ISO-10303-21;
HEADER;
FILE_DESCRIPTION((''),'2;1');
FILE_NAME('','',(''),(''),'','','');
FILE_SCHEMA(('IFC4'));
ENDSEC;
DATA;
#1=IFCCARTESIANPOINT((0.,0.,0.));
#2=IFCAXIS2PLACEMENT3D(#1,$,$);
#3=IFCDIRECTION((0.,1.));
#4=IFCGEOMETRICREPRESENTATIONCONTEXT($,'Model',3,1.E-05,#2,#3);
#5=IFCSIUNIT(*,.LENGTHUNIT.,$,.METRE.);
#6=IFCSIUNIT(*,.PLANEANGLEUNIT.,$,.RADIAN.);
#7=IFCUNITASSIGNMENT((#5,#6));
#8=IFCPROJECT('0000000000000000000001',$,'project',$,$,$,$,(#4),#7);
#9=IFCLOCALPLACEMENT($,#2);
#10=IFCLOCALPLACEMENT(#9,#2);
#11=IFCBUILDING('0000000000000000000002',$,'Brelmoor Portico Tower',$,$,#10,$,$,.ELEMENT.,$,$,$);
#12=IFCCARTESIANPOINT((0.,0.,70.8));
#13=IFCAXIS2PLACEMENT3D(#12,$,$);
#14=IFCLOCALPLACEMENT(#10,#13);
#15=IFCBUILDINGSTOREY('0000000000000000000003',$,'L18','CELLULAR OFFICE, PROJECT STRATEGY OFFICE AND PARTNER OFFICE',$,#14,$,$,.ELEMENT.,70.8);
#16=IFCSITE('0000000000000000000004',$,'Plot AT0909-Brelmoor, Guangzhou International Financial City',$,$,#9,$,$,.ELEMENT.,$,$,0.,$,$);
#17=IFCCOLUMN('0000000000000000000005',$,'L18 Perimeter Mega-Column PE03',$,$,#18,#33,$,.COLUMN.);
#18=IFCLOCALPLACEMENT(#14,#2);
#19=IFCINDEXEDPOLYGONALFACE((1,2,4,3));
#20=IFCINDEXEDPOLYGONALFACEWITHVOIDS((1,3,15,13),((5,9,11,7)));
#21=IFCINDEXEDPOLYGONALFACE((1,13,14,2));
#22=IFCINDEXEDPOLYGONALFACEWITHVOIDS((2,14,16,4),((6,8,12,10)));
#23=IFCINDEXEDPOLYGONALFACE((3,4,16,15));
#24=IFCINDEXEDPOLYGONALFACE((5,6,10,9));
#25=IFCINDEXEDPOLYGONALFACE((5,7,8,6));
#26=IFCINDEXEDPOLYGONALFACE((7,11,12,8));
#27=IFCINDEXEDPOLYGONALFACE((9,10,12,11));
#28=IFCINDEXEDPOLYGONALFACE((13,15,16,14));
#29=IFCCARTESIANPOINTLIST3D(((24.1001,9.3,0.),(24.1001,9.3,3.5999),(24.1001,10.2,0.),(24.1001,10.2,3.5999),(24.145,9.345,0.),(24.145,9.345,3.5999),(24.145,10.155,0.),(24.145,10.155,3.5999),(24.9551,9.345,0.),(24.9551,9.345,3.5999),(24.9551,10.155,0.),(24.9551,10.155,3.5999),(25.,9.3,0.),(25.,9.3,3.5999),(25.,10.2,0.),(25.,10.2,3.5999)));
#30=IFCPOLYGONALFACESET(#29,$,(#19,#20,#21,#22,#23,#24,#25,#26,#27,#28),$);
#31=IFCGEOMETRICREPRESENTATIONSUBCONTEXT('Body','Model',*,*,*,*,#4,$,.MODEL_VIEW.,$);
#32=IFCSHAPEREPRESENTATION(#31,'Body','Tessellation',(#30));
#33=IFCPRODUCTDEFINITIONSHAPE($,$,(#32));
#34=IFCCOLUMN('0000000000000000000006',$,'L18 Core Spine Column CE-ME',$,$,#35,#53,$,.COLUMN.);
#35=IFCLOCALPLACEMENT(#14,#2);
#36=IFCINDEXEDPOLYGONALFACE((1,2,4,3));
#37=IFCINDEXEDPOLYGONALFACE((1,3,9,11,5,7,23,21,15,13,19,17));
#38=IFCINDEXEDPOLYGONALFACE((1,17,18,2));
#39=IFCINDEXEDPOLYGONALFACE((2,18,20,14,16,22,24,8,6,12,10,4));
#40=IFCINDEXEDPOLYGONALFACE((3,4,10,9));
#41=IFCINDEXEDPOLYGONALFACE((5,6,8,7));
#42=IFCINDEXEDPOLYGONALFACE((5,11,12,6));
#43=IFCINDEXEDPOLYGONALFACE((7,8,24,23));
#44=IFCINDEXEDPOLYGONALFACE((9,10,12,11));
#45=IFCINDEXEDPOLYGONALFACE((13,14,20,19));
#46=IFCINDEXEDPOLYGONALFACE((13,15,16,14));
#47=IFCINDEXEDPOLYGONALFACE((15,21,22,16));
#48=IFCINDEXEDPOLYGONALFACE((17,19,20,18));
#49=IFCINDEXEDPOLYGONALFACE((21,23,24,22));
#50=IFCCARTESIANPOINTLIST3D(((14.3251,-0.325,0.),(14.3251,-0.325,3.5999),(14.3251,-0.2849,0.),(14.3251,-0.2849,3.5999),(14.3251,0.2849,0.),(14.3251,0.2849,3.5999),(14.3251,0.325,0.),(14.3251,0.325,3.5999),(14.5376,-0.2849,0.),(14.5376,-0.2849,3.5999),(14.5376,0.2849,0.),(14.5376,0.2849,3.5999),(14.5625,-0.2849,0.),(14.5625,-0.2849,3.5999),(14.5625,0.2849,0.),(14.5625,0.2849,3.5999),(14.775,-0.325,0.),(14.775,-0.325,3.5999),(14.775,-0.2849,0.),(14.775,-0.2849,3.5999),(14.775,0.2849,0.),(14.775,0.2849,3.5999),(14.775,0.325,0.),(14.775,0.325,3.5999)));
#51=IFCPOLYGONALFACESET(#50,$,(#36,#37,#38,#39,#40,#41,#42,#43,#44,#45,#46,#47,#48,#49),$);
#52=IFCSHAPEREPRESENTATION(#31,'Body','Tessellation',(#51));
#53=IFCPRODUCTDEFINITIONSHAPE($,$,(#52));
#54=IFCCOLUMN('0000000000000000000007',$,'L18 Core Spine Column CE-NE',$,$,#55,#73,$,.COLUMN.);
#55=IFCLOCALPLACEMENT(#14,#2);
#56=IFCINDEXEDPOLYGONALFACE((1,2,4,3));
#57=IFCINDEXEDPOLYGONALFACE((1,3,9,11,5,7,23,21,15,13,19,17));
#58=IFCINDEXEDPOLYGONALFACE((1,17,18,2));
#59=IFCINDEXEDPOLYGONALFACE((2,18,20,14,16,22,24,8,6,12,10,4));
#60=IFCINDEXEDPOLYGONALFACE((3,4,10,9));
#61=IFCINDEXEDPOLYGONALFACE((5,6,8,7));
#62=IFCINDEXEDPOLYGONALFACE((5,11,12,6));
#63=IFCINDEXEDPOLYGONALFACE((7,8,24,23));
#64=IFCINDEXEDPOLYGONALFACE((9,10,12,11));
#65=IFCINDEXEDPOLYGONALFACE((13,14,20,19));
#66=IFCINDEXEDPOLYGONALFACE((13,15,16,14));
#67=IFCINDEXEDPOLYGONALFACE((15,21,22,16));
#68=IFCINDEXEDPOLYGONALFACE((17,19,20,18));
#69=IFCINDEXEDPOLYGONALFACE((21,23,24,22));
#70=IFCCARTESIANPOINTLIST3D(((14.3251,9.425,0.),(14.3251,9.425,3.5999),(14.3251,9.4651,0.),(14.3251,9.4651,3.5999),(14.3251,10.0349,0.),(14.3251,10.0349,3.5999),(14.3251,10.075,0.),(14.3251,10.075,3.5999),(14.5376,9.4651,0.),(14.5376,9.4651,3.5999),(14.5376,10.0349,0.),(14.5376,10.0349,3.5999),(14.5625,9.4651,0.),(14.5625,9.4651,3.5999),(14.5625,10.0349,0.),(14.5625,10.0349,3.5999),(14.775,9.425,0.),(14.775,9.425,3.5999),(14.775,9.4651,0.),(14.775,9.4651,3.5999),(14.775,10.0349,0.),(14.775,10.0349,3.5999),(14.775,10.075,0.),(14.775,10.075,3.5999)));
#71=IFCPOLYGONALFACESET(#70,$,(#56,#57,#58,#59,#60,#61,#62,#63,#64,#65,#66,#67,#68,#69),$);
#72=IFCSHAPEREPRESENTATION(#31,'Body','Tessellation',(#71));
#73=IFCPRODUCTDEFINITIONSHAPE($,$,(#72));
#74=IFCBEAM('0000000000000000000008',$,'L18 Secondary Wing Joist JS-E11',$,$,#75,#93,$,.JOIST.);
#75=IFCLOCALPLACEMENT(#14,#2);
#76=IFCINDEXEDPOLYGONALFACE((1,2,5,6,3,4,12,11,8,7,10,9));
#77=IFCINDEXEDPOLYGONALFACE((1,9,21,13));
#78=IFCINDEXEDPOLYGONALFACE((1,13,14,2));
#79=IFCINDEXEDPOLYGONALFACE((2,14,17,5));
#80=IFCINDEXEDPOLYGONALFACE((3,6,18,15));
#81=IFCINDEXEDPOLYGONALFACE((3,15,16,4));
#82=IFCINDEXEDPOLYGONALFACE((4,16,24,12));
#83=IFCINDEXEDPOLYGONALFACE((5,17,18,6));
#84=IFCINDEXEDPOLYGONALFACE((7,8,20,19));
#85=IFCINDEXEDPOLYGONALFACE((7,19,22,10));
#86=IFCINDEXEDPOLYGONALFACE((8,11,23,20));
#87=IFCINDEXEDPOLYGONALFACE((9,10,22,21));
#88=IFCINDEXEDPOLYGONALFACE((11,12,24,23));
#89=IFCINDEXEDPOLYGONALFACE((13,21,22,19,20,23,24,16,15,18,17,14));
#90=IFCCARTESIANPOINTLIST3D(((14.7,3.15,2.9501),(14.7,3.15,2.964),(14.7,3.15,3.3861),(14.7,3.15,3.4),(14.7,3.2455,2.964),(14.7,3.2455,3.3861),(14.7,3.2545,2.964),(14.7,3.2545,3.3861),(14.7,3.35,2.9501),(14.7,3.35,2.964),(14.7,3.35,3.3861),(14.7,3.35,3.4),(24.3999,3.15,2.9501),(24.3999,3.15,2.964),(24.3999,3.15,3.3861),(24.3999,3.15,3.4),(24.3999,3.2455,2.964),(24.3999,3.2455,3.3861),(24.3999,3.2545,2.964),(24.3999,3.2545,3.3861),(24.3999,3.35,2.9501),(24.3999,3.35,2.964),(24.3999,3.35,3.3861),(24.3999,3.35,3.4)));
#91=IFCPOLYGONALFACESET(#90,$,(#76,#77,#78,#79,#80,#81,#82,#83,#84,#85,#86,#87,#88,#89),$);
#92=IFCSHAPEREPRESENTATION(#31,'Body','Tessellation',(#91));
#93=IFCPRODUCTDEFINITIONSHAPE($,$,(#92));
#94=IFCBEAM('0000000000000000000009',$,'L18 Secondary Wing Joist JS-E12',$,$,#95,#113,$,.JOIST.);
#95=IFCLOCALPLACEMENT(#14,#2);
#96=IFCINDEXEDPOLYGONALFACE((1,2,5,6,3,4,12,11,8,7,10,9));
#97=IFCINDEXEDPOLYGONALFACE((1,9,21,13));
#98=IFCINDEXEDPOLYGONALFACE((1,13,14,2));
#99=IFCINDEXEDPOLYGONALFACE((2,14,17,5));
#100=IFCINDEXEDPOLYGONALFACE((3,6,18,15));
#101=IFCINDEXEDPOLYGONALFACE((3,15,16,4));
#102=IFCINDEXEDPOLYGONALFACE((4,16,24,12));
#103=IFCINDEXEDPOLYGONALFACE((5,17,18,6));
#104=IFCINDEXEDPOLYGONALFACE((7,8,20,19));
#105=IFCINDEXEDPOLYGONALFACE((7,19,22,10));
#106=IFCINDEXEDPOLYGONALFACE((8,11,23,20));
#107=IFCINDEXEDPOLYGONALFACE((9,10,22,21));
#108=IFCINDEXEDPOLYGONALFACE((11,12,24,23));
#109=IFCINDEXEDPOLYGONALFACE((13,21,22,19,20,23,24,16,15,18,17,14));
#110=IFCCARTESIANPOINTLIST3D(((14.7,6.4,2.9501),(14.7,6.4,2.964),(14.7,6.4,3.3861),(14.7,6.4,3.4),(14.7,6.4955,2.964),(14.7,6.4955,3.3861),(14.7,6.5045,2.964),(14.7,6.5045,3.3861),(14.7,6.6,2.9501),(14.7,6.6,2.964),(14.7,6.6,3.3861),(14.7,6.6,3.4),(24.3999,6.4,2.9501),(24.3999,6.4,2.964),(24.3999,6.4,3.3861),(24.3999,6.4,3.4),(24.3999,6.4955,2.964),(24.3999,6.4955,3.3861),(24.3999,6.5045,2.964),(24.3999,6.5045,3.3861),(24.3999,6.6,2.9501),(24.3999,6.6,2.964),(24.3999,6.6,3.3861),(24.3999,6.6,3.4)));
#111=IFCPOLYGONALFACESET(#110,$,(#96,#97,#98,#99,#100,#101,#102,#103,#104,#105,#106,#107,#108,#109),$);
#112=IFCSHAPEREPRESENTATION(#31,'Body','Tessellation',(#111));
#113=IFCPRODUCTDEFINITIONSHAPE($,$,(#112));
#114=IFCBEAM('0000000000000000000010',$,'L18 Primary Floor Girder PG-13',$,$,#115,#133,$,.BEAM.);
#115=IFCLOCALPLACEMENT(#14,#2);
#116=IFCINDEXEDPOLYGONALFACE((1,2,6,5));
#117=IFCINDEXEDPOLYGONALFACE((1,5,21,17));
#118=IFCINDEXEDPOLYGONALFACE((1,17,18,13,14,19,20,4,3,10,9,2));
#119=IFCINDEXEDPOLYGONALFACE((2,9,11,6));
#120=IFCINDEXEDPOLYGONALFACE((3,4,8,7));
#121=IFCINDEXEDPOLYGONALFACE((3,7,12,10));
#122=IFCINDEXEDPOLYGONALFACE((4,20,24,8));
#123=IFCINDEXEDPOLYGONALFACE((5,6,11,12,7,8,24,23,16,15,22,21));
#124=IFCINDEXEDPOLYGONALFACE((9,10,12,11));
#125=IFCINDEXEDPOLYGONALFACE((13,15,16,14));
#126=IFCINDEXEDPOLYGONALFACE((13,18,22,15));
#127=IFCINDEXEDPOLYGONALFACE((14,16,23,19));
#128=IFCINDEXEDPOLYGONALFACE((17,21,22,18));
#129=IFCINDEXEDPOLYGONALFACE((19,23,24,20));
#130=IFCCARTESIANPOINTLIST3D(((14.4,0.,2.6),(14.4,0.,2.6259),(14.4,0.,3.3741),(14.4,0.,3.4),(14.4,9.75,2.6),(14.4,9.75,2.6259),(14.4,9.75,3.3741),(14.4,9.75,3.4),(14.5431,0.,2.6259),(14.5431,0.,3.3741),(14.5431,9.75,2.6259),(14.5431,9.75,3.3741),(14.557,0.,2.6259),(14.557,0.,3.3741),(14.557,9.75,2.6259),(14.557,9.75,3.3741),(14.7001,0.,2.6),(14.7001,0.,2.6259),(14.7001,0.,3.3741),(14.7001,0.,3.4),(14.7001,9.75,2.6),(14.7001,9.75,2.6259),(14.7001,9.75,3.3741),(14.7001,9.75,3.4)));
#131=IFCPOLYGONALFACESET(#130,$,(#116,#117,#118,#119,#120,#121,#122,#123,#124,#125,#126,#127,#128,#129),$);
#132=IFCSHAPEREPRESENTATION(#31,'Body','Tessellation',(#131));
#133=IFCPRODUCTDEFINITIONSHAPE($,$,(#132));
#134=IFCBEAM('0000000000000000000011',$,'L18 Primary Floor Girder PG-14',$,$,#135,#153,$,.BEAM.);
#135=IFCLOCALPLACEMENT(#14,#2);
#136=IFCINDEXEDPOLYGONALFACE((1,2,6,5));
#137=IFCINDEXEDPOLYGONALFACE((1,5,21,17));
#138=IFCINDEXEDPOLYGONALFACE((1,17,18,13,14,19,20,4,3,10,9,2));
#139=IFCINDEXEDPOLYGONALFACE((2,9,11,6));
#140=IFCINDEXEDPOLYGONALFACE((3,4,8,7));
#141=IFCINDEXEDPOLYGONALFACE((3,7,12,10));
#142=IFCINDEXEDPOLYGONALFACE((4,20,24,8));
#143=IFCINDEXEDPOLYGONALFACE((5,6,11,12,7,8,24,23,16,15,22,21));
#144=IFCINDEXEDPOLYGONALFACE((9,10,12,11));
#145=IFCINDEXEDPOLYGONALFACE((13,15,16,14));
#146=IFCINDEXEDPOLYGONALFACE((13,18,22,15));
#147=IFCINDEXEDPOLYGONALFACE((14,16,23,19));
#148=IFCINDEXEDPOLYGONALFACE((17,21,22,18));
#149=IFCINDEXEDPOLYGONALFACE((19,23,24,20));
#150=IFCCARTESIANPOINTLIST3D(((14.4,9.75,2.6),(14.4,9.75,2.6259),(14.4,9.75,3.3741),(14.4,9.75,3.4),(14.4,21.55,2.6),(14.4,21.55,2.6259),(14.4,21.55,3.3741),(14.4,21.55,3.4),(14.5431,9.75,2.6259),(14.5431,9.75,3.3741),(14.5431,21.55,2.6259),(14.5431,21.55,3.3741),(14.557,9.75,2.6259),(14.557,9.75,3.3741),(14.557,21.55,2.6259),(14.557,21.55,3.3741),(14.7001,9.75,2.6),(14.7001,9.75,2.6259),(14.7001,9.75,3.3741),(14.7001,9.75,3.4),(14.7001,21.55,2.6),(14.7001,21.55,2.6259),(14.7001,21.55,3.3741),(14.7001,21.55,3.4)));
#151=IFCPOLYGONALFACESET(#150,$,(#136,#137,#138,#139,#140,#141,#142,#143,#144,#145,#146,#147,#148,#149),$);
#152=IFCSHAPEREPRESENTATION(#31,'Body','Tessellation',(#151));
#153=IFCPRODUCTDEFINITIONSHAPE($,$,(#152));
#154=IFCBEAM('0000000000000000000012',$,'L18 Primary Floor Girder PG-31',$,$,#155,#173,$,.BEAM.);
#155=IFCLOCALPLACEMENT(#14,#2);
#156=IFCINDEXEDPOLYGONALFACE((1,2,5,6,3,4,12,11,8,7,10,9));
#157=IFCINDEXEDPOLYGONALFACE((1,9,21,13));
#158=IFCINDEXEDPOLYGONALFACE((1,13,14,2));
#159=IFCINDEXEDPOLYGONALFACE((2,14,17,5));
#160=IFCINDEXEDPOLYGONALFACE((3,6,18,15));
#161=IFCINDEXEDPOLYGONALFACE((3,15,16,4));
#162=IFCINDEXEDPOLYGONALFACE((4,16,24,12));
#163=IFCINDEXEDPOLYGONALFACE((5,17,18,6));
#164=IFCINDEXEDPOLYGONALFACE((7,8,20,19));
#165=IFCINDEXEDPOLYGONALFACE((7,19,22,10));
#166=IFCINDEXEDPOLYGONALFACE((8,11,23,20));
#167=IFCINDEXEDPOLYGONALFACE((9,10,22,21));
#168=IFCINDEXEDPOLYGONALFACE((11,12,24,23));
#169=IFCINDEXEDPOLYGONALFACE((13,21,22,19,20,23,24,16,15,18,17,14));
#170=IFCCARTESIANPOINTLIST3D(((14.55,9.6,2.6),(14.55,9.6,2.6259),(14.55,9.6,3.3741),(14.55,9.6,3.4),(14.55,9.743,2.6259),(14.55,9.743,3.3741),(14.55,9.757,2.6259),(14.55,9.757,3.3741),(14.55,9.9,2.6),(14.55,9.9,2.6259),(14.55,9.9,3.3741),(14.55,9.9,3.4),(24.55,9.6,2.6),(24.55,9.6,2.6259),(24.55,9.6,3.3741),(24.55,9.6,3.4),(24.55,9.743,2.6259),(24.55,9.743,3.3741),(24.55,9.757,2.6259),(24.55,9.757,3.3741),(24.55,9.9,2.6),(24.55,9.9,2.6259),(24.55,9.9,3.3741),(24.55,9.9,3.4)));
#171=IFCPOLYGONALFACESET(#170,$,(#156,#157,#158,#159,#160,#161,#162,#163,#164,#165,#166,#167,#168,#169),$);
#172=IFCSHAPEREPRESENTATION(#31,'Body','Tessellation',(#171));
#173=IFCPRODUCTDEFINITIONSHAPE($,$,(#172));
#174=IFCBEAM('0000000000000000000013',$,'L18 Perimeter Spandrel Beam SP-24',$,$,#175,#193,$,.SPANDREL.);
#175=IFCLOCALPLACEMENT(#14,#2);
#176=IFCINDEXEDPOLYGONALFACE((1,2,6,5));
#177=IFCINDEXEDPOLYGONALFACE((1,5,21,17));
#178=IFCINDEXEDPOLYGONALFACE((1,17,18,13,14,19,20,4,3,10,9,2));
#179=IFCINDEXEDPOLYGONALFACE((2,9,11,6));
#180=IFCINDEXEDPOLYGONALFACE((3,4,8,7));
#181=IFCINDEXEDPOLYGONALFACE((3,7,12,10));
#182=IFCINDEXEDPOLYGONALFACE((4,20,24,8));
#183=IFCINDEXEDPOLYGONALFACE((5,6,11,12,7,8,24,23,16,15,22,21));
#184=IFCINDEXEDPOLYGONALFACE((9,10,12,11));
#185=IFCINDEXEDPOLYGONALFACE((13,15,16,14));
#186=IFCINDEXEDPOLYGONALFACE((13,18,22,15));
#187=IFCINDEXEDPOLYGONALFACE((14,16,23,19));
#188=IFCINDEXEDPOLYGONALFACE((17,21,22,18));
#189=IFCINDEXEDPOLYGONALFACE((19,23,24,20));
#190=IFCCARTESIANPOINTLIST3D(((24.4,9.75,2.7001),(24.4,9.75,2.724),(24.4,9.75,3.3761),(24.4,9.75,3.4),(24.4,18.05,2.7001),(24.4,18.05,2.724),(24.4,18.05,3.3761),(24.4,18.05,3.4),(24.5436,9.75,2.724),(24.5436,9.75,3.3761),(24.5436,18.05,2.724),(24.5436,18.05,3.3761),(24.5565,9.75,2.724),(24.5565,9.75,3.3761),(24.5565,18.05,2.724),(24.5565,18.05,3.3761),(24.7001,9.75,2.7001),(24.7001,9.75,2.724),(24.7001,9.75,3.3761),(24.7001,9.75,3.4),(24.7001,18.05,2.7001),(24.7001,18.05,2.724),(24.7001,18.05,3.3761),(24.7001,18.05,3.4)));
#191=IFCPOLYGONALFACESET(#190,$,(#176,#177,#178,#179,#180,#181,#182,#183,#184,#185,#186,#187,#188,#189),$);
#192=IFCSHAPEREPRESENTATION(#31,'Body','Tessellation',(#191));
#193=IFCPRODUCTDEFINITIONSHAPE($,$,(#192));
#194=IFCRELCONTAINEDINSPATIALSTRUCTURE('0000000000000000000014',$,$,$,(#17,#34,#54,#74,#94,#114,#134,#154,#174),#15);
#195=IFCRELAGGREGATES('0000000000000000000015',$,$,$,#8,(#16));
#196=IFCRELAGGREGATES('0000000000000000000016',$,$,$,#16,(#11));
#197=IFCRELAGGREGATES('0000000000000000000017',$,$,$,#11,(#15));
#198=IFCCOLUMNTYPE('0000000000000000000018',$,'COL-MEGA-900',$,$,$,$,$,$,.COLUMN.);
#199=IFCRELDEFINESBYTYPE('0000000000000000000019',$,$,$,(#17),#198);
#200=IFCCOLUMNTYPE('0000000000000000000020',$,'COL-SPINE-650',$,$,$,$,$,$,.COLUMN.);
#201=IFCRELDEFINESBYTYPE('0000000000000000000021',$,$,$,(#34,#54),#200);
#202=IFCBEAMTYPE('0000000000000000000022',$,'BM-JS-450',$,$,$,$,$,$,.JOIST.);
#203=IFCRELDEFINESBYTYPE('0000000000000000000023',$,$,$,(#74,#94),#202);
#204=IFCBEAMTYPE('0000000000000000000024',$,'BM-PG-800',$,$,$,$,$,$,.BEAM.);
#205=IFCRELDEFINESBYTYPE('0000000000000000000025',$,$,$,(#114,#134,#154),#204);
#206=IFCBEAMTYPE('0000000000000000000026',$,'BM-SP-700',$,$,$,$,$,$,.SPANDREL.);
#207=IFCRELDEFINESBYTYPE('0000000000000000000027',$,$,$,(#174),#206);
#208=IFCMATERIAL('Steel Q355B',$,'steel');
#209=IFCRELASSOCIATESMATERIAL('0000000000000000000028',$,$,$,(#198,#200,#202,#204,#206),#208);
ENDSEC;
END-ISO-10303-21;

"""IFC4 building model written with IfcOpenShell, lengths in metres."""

from ifc_helpers import new_model, si_unit, direction, frame, origin, origin_2d, place, context, subcontext, project, spatial, hollow_rectangle, i_section, extrude, material, material_profile, profile_set, type_object, element, save


model = new_model("IFC4")

# Units and contexts
model_context = context("Model", 3, precision=1e-05, world=origin(), true_north=direction((0.0, 1.0)))
body_context = subcontext(model_context, "Body", "Model", "MODEL_VIEW")
ifc_project = project(units=[si_unit("LENGTHUNIT", "METRE"), si_unit("PLANEANGLEUNIT", "RADIAN")], contexts=[model_context])

# Site, building, storey
site_placement = place(None, origin())
site = spatial("IfcSite", under=ifc_project, at=site_placement, Name="Plot AT0909-Brelmoor, Guangzhou International Financial City", CompositionType="ELEMENT", RefElevation=0.0)
building_placement = place(site_placement, origin())
building = spatial("IfcBuilding", under=site, at=building_placement, Name="Brelmoor Portico Tower", CompositionType="ELEMENT")
storey_placement = place(building_placement, frame((0.0, 0.0, 70.8)))
storey = spatial("IfcBuildingStorey", under=building, at=storey_placement, Name="L18", Description="CELLULAR OFFICE, PROJECT STRATEGY OFFICE AND PARTNER OFFICE", CompositionType="ELEMENT", Elevation=70.8)

# Columns
ifc_material_1 = material(Name="Steel Q355B", Category="steel")
ifc_material_profile_1 = material_profile(ifc_material_1, hollow_rectangle(XDim=0.8999, YDim=0.8999, WallThickness=0.0449, at=origin_2d()), Name="BOX 900x900x45")
ifc_profile_set_1 = profile_set([ifc_material_profile_1], Name="Steel Q355B")
column_type_1 = type_object("IfcColumnType", Name="COL-MEGA-900", PredefinedType="COLUMN", material=ifc_profile_set_1)
column_placement = place(storey_placement, frame((24.55, 9.75, 0.0), z_axis=(0.0, 0.0, 1.0), x_axis=(0.0, 1.0, 0.0)))
element("IfcColumn", 1, at=column_placement, inside=storey, type_object=column_type_1, Name="L18 Perimeter Mega-Column PE03", PredefinedType="COLUMN", context=body_context, shape_type="SweptSolid", body=[
    extrude(hollow_rectangle(XDim=0.8999, YDim=0.8999, WallThickness=0.0449, at=origin_2d()), origin(), (0.0, 0.0, 1.0), 3.5999),
])
ifc_material_profile_2 = material_profile(ifc_material_1, i_section(OverallWidth=0.45, OverallDepth=0.6499, WebThickness=0.0249, FlangeThickness=0.04, at=origin_2d()), Name="HW 650x450x25x40")
ifc_profile_set_2 = profile_set([ifc_material_profile_2], Name="Steel Q355B")
column_type_2 = type_object("IfcColumnType", Name="COL-SPINE-650", PredefinedType="COLUMN", material=ifc_profile_set_2)
for number, where, z_axis, x_axis, name in (
    (2, (14.55, 0.0, 0.0), (0.0, 0.0, 1.0), (1.0, 0.0, 0.0), "L18 Core Spine Column CE-ME"),
    (3, (14.55, 9.75, 0.0), (0.0, 0.0, 1.0), (1.0, 0.0, 0.0), "L18 Core Spine Column CE-NE"),
):
    element("IfcColumn", number, at=place(storey_placement, frame(where, z_axis=z_axis, x_axis=x_axis)), inside=storey, type_object=column_type_2, Name=name, PredefinedType="COLUMN", context=body_context, shape_type="SweptSolid", body=[
        extrude(i_section(OverallWidth=0.45, OverallDepth=0.6499, WebThickness=0.0249, FlangeThickness=0.04, at=origin_2d()), origin(), (0.0, 0.0, 1.0), 3.5999),
    ])

# Beams
ifc_material_profile_3 = material_profile(ifc_material_1, i_section(OverallWidth=0.2, OverallDepth=0.45, WebThickness=0.009, FlangeThickness=0.0139, at=origin_2d()), Name="HN 450x200x9x14")
ifc_profile_set_3 = profile_set([ifc_material_profile_3], Name="Steel Q355B")
beam_type_1 = type_object("IfcBeamType", Name="BM-JS-450", PredefinedType="JOIST", material=ifc_profile_set_3)
for number, where, z_axis, x_axis, name in (
    (4, (14.7, 3.25, 3.175), (1.0, 0.0, 0.0), (0.0, 1.0, 0.0), "L18 Secondary Wing Joist JS-E11"),
    (5, (14.7, 6.5, 3.175), (1.0, 0.0, 0.0), (0.0, 1.0, 0.0), "L18 Secondary Wing Joist JS-E12"),
):
    element("IfcBeam", number, at=place(storey_placement, frame(where, z_axis=z_axis, x_axis=x_axis)), inside=storey, type_object=beam_type_1, Name=name, PredefinedType="JOIST", context=body_context, shape_type="SweptSolid", body=[
        extrude(i_section(OverallWidth=0.2, OverallDepth=0.45, WebThickness=0.009, FlangeThickness=0.0139, at=origin_2d()), origin(), (0.0, 0.0, 1.0), 9.7),
    ])
ifc_material_profile_4 = material_profile(ifc_material_1, i_section(OverallWidth=0.3, OverallDepth=0.8, WebThickness=0.0139, FlangeThickness=0.0259, at=origin_2d()), Name="HN 800x300x14x26")
ifc_profile_set_4 = profile_set([ifc_material_profile_4], Name="Steel Q355B")
beam_type_2 = type_object("IfcBeamType", Name="BM-PG-800", PredefinedType="BEAM", material=ifc_profile_set_4)
beam_1_placement = place(storey_placement, frame((14.55, 0.0, 3.0), z_axis=(0.0, 1.0, 0.0), x_axis=(-1.0, 0.0, 0.0)))
element("IfcBeam", 6, at=beam_1_placement, inside=storey, type_object=beam_type_2, Name="L18 Primary Floor Girder PG-13", PredefinedType="BEAM", context=body_context, shape_type="SweptSolid", body=[
    extrude(i_section(OverallWidth=0.3, OverallDepth=0.8, WebThickness=0.0139, FlangeThickness=0.0259, at=origin_2d()), origin(), (0.0, 0.0, 1.0), 9.75),
])
beam_2_placement = place(storey_placement, frame((14.55, 9.75, 3.0), z_axis=(0.0, 1.0, 0.0), x_axis=(-1.0, 0.0, 0.0)))
element("IfcBeam", 7, at=beam_2_placement, inside=storey, type_object=beam_type_2, Name="L18 Primary Floor Girder PG-14", PredefinedType="BEAM", context=body_context, shape_type="SweptSolid", body=[
    extrude(i_section(OverallWidth=0.3, OverallDepth=0.8, WebThickness=0.0139, FlangeThickness=0.0259, at=origin_2d()), origin(), (0.0, 0.0, 1.0), 11.8),
])
beam_3_placement = place(storey_placement, frame((14.55, 9.75, 3.0), z_axis=(1.0, 0.0, 0.0), x_axis=(0.0, 1.0, 0.0)))
element("IfcBeam", 8, at=beam_3_placement, inside=storey, type_object=beam_type_2, Name="L18 Primary Floor Girder PG-31", PredefinedType="BEAM", context=body_context, shape_type="SweptSolid", body=[
    extrude(i_section(OverallWidth=0.3, OverallDepth=0.8, WebThickness=0.0139, FlangeThickness=0.0259, at=origin_2d()), origin(), (0.0, 0.0, 1.0), 10.0),
])
ifc_material_profile_5 = material_profile(ifc_material_1, i_section(OverallWidth=0.3, OverallDepth=0.7, WebThickness=0.0129, FlangeThickness=0.0239, at=origin_2d()), Name="HN 700x300x13x24")
ifc_profile_set_5 = profile_set([ifc_material_profile_5], Name="Steel Q355B")
beam_type_3 = type_object("IfcBeamType", Name="BM-SP-700", PredefinedType="SPANDREL", material=ifc_profile_set_5)
beam_4_placement = place(storey_placement, frame((24.55, 9.75, 3.05), z_axis=(0.0, 1.0, 0.0), x_axis=(-1.0, 0.0, 0.0)))
element("IfcBeam", 9, at=beam_4_placement, inside=storey, type_object=beam_type_3, Name="L18 Perimeter Spandrel Beam SP-24", PredefinedType="SPANDREL", context=body_context, shape_type="SweptSolid", body=[
    extrude(i_section(OverallWidth=0.3, OverallDepth=0.7, WebThickness=0.0129, FlangeThickness=0.0239, at=origin_2d()), origin(), (0.0, 0.0, 1.0), 8.3),
])

save(model, "model.ifc")
